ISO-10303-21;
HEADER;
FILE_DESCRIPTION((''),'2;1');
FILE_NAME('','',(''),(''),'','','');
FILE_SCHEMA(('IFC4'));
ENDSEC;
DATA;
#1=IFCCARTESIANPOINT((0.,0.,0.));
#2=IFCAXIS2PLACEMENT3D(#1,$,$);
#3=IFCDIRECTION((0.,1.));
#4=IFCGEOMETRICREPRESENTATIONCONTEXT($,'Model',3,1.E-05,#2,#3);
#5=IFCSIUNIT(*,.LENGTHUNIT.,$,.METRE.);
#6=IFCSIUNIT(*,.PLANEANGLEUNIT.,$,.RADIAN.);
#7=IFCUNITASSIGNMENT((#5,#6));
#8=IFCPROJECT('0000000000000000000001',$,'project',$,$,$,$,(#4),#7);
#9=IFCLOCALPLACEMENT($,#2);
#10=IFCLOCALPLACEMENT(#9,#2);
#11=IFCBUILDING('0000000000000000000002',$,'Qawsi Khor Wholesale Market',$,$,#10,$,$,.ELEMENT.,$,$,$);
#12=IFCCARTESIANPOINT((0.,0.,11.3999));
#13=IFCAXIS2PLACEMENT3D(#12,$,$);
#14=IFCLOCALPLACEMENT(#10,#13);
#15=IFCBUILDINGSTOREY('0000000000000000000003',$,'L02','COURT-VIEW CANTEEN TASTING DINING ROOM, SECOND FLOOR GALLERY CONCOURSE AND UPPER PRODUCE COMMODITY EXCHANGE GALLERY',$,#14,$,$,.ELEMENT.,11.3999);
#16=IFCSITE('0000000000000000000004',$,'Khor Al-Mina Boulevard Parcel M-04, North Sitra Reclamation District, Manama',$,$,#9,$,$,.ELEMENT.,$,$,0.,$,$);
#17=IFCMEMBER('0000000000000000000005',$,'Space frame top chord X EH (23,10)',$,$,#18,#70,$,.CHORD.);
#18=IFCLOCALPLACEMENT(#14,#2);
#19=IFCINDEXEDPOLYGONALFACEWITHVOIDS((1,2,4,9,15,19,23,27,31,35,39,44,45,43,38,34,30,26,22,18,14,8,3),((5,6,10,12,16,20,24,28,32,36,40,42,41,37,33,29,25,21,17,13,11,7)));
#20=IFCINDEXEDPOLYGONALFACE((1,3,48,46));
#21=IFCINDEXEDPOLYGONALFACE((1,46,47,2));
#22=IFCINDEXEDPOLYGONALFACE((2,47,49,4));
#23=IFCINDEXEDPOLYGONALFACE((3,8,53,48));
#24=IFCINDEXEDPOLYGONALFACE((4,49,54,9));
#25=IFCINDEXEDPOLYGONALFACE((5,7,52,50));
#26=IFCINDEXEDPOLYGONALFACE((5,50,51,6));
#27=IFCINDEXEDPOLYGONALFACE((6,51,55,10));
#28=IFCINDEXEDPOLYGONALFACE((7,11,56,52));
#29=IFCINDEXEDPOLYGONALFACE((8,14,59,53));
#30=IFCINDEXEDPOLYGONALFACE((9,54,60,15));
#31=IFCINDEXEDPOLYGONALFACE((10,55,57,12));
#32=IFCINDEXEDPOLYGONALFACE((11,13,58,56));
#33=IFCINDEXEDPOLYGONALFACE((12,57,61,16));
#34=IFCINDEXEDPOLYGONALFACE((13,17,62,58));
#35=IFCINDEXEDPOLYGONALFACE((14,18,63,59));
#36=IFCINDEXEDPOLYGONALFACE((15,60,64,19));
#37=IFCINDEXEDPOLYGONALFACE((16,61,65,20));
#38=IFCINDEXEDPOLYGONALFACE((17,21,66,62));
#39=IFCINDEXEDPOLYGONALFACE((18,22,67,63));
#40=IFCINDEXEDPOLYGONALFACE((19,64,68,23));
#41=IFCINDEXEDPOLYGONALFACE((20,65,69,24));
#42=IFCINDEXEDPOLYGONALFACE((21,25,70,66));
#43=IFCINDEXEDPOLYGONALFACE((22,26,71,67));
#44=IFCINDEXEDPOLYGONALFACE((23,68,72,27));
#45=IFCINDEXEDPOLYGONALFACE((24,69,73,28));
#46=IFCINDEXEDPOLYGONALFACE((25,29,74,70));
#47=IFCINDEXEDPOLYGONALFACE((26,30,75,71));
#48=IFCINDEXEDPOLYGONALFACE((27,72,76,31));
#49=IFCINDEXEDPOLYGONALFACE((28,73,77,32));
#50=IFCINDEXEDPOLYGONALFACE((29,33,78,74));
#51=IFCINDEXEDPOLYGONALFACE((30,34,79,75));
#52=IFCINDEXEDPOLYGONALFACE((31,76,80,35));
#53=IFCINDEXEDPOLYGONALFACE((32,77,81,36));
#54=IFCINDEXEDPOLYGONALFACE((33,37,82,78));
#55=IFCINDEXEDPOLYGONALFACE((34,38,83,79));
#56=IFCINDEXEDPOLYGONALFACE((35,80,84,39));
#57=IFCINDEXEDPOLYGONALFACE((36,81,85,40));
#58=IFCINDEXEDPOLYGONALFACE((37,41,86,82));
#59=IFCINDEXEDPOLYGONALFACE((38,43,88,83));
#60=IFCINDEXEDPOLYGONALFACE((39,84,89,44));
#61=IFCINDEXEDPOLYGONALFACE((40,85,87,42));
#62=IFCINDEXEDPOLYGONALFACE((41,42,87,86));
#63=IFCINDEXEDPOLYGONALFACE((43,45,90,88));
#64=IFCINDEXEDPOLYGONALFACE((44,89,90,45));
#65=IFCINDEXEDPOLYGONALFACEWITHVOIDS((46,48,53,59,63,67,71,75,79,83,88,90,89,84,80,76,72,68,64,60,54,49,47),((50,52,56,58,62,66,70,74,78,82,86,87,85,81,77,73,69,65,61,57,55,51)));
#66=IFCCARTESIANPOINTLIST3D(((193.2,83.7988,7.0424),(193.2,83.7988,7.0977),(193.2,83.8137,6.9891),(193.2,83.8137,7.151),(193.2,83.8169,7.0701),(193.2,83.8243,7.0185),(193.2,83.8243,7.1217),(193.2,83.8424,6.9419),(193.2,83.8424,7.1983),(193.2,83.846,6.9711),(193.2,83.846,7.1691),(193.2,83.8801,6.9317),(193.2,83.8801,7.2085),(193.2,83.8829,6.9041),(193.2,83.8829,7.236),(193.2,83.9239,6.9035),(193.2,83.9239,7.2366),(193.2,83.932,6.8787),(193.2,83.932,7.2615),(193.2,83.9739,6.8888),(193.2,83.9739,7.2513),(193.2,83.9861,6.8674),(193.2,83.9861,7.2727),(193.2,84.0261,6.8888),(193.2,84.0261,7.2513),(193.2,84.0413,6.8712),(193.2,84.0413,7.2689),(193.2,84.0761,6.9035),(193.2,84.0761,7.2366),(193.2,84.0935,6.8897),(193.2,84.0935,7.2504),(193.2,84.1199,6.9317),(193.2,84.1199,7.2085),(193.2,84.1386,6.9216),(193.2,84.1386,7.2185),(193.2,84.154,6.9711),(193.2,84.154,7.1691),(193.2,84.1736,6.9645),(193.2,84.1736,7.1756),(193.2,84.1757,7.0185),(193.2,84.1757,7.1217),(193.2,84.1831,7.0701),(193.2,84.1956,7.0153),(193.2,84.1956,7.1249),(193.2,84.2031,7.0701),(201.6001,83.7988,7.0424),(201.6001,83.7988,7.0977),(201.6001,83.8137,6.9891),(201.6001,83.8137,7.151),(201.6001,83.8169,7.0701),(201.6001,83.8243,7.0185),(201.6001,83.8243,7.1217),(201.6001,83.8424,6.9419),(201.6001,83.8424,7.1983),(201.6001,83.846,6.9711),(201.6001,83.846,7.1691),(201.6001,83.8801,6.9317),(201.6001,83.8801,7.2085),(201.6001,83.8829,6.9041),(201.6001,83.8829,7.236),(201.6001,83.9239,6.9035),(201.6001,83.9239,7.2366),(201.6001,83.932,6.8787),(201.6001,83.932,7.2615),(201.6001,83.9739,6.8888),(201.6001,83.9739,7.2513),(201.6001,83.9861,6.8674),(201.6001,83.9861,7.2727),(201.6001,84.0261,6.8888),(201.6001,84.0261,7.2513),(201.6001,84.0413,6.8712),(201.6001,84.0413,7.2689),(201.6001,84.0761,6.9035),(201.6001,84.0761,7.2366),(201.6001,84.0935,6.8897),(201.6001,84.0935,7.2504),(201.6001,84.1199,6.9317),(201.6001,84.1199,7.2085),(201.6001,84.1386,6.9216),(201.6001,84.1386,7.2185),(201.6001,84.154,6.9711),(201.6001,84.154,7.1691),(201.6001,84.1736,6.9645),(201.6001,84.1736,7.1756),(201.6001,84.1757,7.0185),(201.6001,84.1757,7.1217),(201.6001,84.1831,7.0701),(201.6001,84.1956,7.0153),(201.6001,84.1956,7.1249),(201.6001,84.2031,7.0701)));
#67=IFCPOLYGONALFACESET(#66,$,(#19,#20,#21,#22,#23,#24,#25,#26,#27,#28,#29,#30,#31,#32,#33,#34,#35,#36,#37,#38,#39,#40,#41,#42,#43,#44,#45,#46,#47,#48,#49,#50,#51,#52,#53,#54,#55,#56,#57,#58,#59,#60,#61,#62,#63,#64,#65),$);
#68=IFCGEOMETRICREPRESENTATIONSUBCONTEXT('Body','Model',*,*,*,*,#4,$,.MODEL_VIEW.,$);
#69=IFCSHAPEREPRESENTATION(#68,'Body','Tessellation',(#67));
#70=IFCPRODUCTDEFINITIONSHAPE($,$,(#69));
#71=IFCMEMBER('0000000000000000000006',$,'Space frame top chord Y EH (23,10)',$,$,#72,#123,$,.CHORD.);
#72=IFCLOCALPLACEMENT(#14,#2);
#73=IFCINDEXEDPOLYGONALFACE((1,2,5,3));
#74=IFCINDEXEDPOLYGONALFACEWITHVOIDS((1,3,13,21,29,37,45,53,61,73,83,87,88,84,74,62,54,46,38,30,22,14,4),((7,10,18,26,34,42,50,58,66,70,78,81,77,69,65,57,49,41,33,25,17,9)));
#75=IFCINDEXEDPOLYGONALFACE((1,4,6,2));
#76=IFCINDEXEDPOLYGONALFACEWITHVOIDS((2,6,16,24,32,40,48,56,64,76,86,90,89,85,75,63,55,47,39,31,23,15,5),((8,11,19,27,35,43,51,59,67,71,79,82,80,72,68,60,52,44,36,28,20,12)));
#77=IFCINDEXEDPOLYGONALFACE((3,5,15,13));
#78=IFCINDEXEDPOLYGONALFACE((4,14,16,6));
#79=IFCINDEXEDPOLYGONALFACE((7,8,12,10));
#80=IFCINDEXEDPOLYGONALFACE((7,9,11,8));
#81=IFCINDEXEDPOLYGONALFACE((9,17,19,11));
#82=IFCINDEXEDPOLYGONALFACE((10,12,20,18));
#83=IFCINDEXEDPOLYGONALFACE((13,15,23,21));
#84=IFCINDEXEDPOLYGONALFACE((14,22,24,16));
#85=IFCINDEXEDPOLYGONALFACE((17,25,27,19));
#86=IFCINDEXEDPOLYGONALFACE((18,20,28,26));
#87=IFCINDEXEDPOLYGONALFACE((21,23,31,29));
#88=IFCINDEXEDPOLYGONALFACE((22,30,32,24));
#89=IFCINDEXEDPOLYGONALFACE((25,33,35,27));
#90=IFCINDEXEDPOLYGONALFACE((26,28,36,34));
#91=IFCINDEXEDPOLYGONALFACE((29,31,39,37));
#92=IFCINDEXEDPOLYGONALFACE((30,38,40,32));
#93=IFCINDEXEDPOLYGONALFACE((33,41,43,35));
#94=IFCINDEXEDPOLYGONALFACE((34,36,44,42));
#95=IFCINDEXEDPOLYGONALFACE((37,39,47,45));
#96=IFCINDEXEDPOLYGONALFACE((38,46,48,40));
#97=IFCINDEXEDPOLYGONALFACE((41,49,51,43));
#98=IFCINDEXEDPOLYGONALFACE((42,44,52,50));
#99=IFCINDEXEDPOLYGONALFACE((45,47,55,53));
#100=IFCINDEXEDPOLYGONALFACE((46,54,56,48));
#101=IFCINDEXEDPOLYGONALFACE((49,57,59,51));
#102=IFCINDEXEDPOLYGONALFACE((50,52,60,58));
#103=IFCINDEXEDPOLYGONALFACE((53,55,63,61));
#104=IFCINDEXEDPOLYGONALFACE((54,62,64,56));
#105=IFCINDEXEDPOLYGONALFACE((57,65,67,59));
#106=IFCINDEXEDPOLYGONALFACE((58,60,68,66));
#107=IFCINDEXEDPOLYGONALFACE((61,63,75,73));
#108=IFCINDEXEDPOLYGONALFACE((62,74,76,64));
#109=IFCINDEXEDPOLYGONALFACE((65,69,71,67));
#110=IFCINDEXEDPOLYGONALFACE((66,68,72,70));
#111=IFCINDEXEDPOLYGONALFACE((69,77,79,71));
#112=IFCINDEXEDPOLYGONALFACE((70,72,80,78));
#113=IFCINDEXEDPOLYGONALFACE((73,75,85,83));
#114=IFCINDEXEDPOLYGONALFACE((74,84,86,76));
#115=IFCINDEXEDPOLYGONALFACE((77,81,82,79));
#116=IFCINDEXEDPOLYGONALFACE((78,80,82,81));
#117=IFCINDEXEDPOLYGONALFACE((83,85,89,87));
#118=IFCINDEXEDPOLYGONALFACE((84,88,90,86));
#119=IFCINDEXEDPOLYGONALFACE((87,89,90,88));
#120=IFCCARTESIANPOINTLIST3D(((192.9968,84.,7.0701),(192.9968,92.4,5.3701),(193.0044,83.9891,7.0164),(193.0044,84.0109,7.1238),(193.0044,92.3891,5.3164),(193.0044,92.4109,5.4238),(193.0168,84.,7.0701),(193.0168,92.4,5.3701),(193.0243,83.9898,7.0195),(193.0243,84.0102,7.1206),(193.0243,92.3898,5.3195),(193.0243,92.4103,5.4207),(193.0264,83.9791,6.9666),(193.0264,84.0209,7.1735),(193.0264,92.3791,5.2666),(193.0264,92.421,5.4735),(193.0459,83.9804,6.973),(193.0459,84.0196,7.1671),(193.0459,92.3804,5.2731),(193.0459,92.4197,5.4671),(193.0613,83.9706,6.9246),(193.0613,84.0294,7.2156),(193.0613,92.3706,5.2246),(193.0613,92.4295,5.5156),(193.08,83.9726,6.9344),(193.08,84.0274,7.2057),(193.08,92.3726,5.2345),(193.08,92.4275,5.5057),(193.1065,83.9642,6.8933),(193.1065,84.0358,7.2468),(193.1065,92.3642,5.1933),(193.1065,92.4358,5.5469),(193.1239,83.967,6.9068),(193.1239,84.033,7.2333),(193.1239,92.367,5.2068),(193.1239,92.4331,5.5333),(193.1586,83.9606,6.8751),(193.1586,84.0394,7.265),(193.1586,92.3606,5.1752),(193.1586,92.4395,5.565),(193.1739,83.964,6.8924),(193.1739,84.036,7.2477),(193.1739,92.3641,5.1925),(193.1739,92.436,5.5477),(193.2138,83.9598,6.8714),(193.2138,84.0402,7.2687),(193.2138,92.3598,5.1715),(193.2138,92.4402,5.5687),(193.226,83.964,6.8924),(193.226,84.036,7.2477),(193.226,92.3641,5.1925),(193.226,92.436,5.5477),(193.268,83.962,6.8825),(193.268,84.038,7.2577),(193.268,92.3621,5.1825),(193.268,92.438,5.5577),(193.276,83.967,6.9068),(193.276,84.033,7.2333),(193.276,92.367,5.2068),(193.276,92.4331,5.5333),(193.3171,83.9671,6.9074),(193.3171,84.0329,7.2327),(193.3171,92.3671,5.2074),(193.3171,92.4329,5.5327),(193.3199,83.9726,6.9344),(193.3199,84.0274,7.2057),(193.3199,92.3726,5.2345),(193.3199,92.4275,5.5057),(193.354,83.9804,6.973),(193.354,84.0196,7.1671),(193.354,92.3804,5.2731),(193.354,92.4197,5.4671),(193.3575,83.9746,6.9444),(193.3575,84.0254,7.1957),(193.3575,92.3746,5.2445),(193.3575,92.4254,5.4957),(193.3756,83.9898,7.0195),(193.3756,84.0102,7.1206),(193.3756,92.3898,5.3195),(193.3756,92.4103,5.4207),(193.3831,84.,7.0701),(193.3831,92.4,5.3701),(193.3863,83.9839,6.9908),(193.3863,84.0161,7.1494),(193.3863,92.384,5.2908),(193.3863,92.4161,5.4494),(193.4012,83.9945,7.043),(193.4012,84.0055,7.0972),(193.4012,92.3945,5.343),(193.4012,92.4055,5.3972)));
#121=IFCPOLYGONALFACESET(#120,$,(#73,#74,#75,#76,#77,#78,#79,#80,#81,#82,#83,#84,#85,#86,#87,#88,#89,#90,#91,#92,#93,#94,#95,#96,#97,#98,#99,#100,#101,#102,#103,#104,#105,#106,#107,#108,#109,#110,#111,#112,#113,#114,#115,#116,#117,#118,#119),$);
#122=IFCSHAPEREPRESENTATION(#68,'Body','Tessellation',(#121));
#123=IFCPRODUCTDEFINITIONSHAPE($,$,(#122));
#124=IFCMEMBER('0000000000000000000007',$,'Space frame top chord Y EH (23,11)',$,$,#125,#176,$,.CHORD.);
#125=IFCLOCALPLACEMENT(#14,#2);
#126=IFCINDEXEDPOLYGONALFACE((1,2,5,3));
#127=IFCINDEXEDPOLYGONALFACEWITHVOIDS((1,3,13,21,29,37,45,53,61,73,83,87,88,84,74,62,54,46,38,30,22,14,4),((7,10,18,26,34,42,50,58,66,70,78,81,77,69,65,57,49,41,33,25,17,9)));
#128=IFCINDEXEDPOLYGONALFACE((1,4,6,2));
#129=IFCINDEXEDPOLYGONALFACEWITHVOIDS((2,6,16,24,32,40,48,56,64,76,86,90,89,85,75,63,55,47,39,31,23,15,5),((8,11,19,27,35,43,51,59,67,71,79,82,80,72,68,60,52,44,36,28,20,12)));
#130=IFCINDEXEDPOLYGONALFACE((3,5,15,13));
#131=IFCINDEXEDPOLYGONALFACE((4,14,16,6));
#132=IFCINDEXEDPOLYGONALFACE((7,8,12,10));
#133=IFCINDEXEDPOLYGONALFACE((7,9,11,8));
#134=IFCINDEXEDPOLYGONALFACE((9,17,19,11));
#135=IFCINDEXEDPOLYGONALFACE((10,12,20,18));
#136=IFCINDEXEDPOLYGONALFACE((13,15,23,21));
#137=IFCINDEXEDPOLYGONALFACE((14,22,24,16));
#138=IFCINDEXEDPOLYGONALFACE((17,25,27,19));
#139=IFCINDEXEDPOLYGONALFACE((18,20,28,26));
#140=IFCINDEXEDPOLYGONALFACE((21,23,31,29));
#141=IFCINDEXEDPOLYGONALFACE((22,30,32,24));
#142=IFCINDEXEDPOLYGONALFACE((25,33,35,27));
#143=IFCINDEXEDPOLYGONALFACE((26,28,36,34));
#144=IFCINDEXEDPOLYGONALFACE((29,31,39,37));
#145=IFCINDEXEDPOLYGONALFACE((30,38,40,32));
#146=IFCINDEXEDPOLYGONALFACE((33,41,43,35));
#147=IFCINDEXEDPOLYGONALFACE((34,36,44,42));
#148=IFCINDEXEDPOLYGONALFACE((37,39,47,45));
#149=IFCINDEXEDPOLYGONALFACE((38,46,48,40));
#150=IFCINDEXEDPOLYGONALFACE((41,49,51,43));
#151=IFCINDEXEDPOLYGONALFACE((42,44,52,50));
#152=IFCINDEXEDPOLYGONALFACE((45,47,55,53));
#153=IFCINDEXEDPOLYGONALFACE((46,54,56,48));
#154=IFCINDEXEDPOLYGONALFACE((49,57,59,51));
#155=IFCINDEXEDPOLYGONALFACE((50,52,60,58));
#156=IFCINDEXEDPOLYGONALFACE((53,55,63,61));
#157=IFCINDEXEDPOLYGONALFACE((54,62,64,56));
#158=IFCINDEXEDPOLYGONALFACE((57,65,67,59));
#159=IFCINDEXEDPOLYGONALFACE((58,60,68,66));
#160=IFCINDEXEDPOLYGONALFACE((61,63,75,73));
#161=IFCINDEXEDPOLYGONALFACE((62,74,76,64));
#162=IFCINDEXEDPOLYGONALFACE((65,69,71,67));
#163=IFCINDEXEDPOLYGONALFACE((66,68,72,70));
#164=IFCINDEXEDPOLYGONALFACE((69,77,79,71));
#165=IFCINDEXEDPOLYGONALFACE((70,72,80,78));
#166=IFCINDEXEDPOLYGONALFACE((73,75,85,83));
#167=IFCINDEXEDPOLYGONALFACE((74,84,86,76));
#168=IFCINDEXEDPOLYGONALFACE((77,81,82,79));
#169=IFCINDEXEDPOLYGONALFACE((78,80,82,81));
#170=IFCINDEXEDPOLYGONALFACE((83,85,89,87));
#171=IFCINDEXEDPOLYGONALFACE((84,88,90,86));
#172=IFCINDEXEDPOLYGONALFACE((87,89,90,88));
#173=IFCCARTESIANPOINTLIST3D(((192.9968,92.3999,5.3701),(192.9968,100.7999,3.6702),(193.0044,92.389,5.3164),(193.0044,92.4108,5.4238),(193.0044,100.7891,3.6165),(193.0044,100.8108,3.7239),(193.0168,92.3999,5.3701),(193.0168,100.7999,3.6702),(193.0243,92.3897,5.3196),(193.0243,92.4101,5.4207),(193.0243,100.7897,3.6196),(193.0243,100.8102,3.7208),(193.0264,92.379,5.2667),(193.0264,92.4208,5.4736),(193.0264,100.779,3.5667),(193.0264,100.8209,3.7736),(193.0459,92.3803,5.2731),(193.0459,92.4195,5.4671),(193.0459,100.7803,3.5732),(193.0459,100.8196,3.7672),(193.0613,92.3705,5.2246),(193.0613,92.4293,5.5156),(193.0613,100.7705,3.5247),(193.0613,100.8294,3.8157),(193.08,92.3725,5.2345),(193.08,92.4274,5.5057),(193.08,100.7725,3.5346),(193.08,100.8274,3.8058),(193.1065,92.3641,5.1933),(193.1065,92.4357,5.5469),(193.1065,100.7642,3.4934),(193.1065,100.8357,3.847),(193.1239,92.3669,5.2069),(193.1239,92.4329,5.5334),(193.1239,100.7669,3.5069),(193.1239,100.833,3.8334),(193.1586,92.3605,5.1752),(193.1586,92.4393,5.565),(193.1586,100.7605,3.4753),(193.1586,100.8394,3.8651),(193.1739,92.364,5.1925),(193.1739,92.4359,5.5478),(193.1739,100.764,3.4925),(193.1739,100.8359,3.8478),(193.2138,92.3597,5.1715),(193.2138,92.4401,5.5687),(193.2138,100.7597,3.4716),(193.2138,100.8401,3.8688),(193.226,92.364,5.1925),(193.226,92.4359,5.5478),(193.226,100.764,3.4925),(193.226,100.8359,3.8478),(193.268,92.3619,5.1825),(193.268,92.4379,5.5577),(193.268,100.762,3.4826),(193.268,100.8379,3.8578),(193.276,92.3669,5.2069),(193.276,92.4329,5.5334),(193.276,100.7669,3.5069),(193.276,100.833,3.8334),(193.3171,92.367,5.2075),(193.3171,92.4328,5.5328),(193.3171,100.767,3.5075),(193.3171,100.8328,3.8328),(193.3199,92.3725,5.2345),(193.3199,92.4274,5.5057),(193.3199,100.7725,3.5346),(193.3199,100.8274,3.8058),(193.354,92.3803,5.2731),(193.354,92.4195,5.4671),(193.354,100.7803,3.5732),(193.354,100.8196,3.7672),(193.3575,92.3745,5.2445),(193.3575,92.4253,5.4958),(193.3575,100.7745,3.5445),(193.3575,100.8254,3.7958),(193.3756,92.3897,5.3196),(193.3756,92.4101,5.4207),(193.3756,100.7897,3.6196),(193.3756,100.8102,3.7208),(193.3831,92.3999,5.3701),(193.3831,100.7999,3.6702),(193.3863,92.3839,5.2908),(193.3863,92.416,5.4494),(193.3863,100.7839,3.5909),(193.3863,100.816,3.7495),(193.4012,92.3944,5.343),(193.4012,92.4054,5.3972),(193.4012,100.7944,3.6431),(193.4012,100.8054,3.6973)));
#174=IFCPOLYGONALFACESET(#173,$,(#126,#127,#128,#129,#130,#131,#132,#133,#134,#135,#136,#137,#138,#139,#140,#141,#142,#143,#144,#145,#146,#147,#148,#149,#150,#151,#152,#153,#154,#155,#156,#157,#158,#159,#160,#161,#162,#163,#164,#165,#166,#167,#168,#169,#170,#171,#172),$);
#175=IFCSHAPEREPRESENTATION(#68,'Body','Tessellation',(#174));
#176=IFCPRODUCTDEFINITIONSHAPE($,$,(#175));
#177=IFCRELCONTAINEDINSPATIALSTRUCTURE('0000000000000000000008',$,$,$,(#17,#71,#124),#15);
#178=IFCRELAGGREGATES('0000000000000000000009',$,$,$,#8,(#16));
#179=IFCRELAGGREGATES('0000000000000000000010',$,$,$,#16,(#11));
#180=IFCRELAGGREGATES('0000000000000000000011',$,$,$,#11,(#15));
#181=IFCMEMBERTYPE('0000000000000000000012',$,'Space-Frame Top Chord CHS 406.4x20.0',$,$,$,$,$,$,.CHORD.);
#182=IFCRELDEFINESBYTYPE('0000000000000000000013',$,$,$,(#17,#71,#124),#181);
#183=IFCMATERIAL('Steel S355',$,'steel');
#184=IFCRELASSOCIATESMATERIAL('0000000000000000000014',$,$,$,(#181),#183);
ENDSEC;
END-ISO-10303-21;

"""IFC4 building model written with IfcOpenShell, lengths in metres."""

from ifc_helpers import new_model, si_unit, direction, frame, origin, origin_2d, place, context, subcontext, project, spatial, hollow_circle, extrude, material, material_profile, profile_set, type_object, element, save


model = new_model("IFC4")

# Units and contexts
model_context = context("Model", 3, precision=1e-05, world=origin(), true_north=direction((0.0, 1.0)))
body_context = subcontext(model_context, "Body", "Model", "MODEL_VIEW")
ifc_project = project(units=[si_unit("LENGTHUNIT", "METRE"), si_unit("PLANEANGLEUNIT", "RADIAN")], contexts=[model_context])

# Site, building, storey
site_placement = place(None, origin())
site = spatial("IfcSite", under=ifc_project, at=site_placement, Name="Khor Al-Mina Boulevard Parcel M-04, North Sitra Reclamation District, Manama", CompositionType="ELEMENT", RefElevation=0.0)
building_placement = place(site_placement, origin())
building = spatial("IfcBuilding", under=site, at=building_placement, Name="Qawsi Khor Wholesale Market", CompositionType="ELEMENT")
storey_placement = place(building_placement, frame((0.0, 0.0, 11.3999)))
storey = spatial("IfcBuildingStorey", under=building, at=storey_placement, Name="L02", Description="COURT-VIEW CANTEEN TASTING DINING ROOM, SECOND FLOOR GALLERY CONCOURSE AND UPPER PRODUCE COMMODITY EXCHANGE GALLERY", CompositionType="ELEMENT", Elevation=11.3999)

# Members
ifc_material_1 = material(Name="Steel S355", Category="steel")
ifc_material_profile_1 = material_profile(ifc_material_1, hollow_circle(Radius=0.2031, WallThickness=0.02, at=origin_2d()), Name="CHS 406.4x20.0")
ifc_profile_set_1 = profile_set([ifc_material_profile_1], Name="Steel S355")
member_type_1 = type_object("IfcMemberType", Name="Space-Frame Top Chord CHS 406.4x20.0", PredefinedType="CHORD", material=ifc_profile_set_1)
member_1_placement = place(storey_placement, frame((193.2, 84.0, 7.0701), z_axis=(1.0, 0.0, 0.0), x_axis=(0.0, 1.0, 0.0)))
element("IfcMember", 1, at=member_1_placement, inside=storey, type_object=member_type_1, Name="Space frame top chord X EH (23,10)", PredefinedType="CHORD", context=body_context, shape_type="SweptSolid", body=[
    extrude(hollow_circle(Radius=0.2031, WallThickness=0.02, at=origin_2d()), origin(), (0.0, 0.0, 1.0), 8.4001),
])
for number, where, z_axis, x_axis, name in (
    (2, (193.2, 84.0, 7.0701), (0.0, 0.98013, -0.198356), (-1.0, 0.0, 0.0), "Space frame top chord Y EH (23,10)"),
    (3, (193.2, 92.3999, 5.3701), (0.0, 0.980131, -0.198351), (-1.0, 0.0, 0.0), "Space frame top chord Y EH (23,11)"),
):
    element("IfcMember", number, at=place(storey_placement, frame(where, z_axis=z_axis, x_axis=x_axis)), inside=storey, type_object=member_type_1, Name=name, PredefinedType="CHORD", context=body_context, shape_type="SweptSolid", body=[
        extrude(hollow_circle(Radius=0.2031, WallThickness=0.02, at=origin_2d()), origin(), (0.0, 0.0, 1.0), 8.5703),
    ])

save(model, "model.ifc")
